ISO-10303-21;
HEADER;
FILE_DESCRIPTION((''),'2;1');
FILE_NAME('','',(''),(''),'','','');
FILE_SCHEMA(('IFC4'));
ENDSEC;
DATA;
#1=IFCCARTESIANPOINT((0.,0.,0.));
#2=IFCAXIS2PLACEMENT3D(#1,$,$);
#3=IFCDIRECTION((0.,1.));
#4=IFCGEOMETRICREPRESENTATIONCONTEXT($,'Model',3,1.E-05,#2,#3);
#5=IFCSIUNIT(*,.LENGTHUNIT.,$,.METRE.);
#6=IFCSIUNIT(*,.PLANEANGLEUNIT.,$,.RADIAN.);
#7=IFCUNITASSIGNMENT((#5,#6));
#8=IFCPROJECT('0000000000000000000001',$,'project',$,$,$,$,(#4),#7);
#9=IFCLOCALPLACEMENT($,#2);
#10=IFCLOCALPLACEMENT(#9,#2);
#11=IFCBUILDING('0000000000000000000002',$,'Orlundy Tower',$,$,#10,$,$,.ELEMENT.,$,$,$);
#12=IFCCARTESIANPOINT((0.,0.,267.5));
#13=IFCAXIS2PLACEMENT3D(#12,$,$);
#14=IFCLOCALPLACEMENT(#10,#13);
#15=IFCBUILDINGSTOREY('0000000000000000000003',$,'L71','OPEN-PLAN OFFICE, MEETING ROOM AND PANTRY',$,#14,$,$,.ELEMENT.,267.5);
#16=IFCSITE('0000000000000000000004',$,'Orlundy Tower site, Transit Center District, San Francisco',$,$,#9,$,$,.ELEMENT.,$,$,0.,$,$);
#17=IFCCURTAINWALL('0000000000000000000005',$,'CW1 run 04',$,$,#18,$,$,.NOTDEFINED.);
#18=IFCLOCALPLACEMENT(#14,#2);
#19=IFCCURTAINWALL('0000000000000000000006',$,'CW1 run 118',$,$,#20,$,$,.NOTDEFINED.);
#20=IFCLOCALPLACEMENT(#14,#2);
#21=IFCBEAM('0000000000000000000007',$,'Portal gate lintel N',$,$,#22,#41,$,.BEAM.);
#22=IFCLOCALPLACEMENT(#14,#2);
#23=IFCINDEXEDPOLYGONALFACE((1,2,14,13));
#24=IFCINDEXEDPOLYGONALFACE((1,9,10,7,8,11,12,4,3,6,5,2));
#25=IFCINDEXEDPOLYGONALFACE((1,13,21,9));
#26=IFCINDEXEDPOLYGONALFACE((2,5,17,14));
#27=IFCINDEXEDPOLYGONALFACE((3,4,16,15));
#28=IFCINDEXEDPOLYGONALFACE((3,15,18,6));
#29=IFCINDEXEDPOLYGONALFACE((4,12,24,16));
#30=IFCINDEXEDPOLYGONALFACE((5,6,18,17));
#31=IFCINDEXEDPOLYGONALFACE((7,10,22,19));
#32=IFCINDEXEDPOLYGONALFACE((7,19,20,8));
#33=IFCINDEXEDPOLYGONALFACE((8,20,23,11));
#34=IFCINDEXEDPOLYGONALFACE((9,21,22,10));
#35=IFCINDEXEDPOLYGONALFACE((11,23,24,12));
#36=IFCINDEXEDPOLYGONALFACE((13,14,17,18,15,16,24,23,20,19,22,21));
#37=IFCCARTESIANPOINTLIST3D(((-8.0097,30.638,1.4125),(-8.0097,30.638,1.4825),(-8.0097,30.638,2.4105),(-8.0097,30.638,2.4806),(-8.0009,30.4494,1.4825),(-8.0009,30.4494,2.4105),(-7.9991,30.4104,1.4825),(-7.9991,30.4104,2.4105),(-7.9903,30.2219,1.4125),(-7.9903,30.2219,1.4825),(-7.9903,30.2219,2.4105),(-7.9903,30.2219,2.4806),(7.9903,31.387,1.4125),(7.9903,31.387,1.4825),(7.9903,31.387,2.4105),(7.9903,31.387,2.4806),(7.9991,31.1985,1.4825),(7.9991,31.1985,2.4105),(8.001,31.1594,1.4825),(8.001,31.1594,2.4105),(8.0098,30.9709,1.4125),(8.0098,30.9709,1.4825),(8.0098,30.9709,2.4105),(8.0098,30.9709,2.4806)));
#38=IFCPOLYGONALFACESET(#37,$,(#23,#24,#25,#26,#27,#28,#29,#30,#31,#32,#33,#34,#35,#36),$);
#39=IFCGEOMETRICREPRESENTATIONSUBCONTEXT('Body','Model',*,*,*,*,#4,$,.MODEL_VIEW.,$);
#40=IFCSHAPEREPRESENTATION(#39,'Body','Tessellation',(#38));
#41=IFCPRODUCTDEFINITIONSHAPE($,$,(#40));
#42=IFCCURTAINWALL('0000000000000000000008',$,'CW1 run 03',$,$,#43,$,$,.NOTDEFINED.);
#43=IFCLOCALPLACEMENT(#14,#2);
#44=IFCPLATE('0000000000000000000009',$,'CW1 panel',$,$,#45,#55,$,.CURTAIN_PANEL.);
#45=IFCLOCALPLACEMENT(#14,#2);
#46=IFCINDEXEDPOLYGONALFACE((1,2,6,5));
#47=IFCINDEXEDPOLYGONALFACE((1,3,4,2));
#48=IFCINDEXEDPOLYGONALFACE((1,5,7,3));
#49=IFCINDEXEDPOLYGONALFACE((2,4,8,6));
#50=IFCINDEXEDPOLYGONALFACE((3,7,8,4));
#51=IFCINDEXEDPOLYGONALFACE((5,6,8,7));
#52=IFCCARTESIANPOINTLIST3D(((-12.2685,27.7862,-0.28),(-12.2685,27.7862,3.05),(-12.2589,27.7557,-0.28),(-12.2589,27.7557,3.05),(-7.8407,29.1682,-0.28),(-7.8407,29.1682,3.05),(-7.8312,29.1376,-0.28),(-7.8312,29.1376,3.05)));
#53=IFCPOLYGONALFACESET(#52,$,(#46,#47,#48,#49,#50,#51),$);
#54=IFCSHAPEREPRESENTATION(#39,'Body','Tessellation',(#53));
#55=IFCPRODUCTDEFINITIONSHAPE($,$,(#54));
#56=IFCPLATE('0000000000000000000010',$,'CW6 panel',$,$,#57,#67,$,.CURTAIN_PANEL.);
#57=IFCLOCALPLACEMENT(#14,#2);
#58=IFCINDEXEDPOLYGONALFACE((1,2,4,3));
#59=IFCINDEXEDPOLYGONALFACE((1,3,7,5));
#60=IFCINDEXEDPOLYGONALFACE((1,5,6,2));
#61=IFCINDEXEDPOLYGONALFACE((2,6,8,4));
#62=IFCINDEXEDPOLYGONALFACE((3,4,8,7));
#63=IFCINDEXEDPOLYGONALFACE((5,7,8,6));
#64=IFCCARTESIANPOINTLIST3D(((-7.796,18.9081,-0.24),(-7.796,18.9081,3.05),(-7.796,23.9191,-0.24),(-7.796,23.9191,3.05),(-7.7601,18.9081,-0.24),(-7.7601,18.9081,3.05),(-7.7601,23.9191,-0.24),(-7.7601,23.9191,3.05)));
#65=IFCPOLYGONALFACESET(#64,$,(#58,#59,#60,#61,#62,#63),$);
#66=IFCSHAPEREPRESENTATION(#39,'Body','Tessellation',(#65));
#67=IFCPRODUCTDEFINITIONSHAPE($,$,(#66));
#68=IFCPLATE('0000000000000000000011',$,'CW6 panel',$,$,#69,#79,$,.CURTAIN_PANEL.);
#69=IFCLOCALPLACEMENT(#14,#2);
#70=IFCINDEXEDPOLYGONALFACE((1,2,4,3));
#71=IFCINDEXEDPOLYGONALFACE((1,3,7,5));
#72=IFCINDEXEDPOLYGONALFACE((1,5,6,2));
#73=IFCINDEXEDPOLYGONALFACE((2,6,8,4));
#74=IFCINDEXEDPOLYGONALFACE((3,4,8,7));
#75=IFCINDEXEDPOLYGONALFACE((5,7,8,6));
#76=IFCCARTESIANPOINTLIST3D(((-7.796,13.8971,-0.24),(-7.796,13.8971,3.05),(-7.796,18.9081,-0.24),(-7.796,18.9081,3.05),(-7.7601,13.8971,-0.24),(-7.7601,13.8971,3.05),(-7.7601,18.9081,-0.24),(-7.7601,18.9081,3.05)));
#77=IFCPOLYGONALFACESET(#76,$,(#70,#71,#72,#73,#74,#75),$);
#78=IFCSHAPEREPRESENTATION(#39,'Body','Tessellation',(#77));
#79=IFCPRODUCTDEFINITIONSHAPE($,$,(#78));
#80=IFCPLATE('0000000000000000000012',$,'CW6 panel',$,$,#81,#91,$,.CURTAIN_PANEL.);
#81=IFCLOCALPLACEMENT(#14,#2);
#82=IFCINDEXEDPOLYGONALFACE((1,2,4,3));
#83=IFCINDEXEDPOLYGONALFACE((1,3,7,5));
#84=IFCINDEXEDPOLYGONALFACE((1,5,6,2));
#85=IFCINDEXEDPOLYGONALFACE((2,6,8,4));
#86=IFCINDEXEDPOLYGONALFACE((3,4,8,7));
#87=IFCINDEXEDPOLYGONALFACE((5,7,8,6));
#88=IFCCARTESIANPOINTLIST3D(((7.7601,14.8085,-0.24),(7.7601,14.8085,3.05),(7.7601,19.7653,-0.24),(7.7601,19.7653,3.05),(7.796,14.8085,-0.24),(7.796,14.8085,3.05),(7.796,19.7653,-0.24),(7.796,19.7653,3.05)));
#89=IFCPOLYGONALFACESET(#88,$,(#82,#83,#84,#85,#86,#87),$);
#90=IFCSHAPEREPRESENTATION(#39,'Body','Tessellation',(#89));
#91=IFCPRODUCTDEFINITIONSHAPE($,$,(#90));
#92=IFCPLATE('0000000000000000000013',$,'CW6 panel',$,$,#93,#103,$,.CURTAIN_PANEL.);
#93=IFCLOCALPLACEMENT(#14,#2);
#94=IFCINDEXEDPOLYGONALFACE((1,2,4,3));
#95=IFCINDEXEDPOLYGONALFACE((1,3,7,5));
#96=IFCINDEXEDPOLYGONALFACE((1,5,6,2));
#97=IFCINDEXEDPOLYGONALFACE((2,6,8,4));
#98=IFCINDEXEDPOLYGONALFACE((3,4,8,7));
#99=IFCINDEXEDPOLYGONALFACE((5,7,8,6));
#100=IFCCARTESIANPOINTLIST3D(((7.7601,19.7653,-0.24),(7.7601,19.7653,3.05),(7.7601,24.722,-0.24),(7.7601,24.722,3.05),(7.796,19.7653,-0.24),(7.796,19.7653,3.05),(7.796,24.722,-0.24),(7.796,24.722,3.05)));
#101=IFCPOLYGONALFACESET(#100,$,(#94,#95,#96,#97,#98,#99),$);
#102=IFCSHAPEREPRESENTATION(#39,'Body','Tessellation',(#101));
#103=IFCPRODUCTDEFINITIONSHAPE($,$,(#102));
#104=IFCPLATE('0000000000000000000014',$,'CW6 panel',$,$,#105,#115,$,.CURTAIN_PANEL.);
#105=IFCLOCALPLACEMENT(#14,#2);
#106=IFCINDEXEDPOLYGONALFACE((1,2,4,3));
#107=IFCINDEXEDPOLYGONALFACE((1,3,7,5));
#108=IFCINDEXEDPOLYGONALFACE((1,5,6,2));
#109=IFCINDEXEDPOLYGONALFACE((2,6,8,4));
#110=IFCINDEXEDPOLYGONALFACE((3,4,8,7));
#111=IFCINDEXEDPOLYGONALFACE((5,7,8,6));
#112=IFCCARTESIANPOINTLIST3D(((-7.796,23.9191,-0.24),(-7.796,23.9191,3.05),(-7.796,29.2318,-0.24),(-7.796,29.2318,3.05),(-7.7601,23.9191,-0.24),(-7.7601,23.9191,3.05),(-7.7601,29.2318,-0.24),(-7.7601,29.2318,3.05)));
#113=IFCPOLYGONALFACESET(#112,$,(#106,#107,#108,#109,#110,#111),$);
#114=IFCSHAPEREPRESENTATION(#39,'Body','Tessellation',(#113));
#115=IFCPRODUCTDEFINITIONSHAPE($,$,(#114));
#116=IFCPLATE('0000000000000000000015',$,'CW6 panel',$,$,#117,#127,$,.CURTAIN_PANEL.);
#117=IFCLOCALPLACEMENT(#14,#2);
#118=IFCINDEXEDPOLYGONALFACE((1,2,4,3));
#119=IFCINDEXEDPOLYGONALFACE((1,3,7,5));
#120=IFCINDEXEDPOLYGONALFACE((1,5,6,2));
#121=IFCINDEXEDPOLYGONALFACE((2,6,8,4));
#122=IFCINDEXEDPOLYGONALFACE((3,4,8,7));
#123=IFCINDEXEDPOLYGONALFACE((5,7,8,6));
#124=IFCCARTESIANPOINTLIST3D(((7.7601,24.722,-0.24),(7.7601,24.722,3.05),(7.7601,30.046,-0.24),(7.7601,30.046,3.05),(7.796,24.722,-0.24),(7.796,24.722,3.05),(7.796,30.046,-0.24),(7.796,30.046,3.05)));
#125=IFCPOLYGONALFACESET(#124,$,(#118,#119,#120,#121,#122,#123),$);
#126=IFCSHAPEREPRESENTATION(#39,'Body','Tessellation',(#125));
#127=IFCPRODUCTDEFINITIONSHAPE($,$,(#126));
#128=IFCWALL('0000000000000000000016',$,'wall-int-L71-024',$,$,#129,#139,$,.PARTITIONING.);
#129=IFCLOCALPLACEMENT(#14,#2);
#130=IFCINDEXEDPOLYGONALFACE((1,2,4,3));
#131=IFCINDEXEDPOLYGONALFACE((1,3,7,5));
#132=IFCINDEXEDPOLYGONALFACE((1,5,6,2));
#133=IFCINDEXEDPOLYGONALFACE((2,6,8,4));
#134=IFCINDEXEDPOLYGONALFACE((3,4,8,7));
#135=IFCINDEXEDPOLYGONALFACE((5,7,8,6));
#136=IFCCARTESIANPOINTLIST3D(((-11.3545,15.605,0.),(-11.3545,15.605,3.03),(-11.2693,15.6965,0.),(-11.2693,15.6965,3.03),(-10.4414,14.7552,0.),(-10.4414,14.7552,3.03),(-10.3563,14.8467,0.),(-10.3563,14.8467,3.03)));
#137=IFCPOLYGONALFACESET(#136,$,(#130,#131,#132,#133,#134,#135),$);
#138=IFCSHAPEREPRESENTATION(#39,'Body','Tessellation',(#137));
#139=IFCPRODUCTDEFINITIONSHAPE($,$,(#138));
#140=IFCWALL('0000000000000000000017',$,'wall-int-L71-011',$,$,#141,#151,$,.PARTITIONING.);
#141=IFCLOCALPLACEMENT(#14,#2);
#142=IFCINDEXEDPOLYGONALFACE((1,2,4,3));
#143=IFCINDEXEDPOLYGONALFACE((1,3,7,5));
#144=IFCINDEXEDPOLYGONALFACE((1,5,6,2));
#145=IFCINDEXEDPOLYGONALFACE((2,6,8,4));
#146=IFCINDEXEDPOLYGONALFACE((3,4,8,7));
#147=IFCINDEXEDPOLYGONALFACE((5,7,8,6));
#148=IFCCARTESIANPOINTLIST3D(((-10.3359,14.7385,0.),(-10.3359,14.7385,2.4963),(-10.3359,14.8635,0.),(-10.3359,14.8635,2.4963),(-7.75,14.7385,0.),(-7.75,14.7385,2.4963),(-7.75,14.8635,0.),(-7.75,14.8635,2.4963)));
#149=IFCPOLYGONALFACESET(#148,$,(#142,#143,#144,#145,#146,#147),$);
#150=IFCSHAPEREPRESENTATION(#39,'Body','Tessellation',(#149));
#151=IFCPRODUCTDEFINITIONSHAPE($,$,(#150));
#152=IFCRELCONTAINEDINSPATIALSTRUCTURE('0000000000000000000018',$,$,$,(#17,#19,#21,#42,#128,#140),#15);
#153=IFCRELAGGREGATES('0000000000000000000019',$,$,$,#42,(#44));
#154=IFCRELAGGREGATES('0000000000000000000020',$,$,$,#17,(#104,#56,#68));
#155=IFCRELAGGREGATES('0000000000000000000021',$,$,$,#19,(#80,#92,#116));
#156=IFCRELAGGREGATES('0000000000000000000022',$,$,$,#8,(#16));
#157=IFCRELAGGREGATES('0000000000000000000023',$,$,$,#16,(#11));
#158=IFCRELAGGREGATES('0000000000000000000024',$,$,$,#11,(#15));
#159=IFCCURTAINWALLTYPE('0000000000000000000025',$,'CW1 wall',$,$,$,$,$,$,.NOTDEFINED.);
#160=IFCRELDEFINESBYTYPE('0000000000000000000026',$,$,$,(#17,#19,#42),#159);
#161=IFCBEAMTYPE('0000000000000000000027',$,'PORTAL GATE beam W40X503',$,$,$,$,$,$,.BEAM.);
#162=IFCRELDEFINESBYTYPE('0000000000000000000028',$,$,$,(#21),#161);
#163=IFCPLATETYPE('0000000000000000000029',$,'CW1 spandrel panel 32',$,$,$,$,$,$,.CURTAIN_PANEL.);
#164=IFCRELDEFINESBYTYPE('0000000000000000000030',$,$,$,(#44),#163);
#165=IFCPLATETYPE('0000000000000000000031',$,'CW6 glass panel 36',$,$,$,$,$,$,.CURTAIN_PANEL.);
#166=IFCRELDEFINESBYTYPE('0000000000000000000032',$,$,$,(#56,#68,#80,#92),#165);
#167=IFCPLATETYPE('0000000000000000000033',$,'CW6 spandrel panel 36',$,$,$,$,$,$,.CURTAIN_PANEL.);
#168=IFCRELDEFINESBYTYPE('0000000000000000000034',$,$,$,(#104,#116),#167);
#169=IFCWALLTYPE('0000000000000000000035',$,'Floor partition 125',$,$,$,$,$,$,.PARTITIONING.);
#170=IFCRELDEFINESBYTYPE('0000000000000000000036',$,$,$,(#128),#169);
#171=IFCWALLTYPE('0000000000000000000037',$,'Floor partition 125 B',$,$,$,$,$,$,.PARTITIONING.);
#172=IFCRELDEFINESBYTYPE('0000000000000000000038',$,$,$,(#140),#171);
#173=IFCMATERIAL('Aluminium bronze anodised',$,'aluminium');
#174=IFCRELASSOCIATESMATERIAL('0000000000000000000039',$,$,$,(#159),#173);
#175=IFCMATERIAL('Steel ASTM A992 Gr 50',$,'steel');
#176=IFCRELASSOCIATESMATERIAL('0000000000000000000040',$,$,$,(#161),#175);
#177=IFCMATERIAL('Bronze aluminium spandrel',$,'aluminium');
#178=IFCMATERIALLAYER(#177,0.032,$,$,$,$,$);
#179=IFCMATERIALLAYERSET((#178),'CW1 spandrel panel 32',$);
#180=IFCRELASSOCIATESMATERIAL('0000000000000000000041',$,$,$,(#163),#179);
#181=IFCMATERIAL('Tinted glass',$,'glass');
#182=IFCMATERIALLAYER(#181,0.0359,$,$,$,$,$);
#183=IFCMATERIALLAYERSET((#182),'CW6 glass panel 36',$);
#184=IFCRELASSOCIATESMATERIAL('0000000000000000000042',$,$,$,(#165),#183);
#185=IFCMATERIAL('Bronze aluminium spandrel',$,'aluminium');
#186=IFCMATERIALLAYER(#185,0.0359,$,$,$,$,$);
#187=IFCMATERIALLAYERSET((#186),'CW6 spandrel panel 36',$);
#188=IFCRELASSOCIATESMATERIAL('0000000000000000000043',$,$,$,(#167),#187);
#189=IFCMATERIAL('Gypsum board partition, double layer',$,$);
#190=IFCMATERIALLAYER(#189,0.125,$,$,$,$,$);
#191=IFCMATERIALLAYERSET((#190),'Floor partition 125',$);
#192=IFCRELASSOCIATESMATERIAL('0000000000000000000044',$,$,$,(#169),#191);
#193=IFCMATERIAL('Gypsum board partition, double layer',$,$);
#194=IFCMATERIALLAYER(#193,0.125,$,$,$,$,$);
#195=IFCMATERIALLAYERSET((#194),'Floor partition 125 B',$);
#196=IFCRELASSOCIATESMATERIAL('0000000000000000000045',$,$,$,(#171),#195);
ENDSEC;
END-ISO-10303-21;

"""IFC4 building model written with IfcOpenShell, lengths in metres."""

from ifc_helpers import new_model, si_unit, direction, frame, frame_2d, origin, origin_2d, place, context, subcontext, project, spatial, rectangle, i_section, extrude, material, layer, layer_set, material_profile, profile_set, type_object, element, aggregate, save


model = new_model("IFC4")

# Units and contexts
model_context = context("Model", 3, precision=1e-05, world=origin(), true_north=direction((0.0, 1.0)))
body_context = subcontext(model_context, "Body", "Model", "MODEL_VIEW")
ifc_project = project(units=[si_unit("LENGTHUNIT", "METRE"), si_unit("PLANEANGLEUNIT", "RADIAN")], contexts=[model_context])

# Site, building, storey
site_placement = place(None, origin())
site = spatial("IfcSite", under=ifc_project, at=site_placement, Name="Orlundy Tower site, Transit Center District, San Francisco", CompositionType="ELEMENT", RefElevation=0.0)
building_placement = place(site_placement, origin())
building = spatial("IfcBuilding", under=site, at=building_placement, Name="Orlundy Tower", CompositionType="ELEMENT")
storey_placement = place(building_placement, frame((0.0, 0.0, 267.5)))
storey = spatial("IfcBuildingStorey", under=building, at=storey_placement, Name="L71", Description="OPEN-PLAN OFFICE, MEETING ROOM AND PANTRY", CompositionType="ELEMENT", Elevation=267.5)

# Curtain wall
ifc_material_1 = material(Name="Aluminium bronze anodised", Category="aluminium")
curtain_wall_type = type_object("IfcCurtainWallType", Name="CW1 wall", PredefinedType="NOTDEFINED", material=ifc_material_1)
curtain_wall_1_placement = place(storey_placement, origin())
curtain_wall_1 = element("IfcCurtainWall", 1, at=curtain_wall_1_placement, inside=storey, type_object=curtain_wall_type, Name="CW1 run 04", PredefinedType="NOTDEFINED")

# Curtain wall
curtain_wall_2_placement = place(storey_placement, origin())
curtain_wall_2 = element("IfcCurtainWall", 2, at=curtain_wall_2_placement, inside=storey, type_object=curtain_wall_type, Name="CW1 run 118", PredefinedType="NOTDEFINED")

# Beam
ifc_material_2 = material(Name="Steel ASTM A992 Gr 50", Category="steel")
ifc_material_profile_1 = material_profile(ifc_material_2, i_section(OverallWidth=0.4165, OverallDepth=1.0681, WebThickness=0.0391, FlangeThickness=0.0701, at=origin_2d()), Name="W40X503")
ifc_profile_set_1 = profile_set([ifc_material_profile_1], Name="Steel ASTM A992 Gr 50")
beam_type = type_object("IfcBeamType", Name="PORTAL GATE beam W40X503", PredefinedType="BEAM", material=ifc_profile_set_1)
beam_placement = place(storey_placement, frame((-8.0, 30.4299, 1.9465), z_axis=(0.998906, 0.046763, 0.0), x_axis=(-0.046763, 0.998906, 0.0)))
element("IfcBeam", 3, at=beam_placement, inside=storey, type_object=beam_type, Name="Portal gate lintel N", PredefinedType="BEAM", context=body_context, shape_type="SweptSolid", body=[
    extrude(i_section(OverallWidth=0.4165, OverallDepth=1.0681, WebThickness=0.0391, FlangeThickness=0.0701, at=origin_2d()), origin(), (0.0, 0.0, 1.0), 16.0176),
])

# Curtain wall, plate
curtain_wall_3_placement = place(storey_placement, origin())
curtain_wall_3 = element("IfcCurtainWall", 4, at=curtain_wall_3_placement, inside=storey, type_object=curtain_wall_type, Name="CW1 run 03", PredefinedType="NOTDEFINED")
ifc_material_3 = material(Name="Bronze aluminium spandrel", Category="aluminium")
ifc_layer_1 = layer(ifc_material_3, 0.032)
ifc_layer_set_1 = layer_set([ifc_layer_1], Name="CW1 spandrel panel 32")
plate_type_1 = type_object("IfcPlateType", Name="CW1 spandrel panel 32", PredefinedType="CURTAIN_PANEL", material=ifc_layer_set_1)
plate_1_placement = place(storey_placement, frame((-10.0498, 28.4619, -0.28), z_axis=(0.0, 0.0, 1.0), x_axis=(0.954586, 0.297935, 0.0)))
plate_1 = element("IfcPlate", 5, at=plate_1_placement, type_object=plate_type_1, Name="CW1 panel", PredefinedType="CURTAIN_PANEL", context=body_context, shape_type="SweptSolid", body=[
    extrude(rectangle(XDim=4.6384, YDim=0.032, at=origin_2d()), origin(), (0.0, 0.0, 1.0), 3.3301),
])
aggregate(curtain_wall_3, [plate_1])

# Plates
ifc_material_4 = material(Name="Tinted glass", Category="glass")
ifc_layer_2 = layer(ifc_material_4, 0.0359)
ifc_layer_set_2 = layer_set([ifc_layer_2], Name="CW6 glass panel 36")
plate_type_2 = type_object("IfcPlateType", Name="CW6 glass panel 36", PredefinedType="CURTAIN_PANEL", material=ifc_layer_set_2)
plate_2_placement = place(storey_placement, frame((-7.7781, 21.4136, -0.24), z_axis=(0.0, 0.0, 1.0), x_axis=(0.0, -1.0, 0.0)))
plate_2 = element("IfcPlate", 6, at=plate_2_placement, type_object=plate_type_2, Name="CW6 panel", PredefinedType="CURTAIN_PANEL", context=body_context, shape_type="SweptSolid", body=[
    extrude(rectangle(XDim=5.011, YDim=0.0359, at=origin_2d()), origin(), (0.0, 0.0, 1.0), 3.29),
])
plate_3_placement = place(storey_placement, frame((-7.7781, 16.4026, -0.24), z_axis=(0.0, 0.0, 1.0), x_axis=(0.0, -1.0, 0.0)))
plate_3 = element("IfcPlate", 7, at=plate_3_placement, type_object=plate_type_2, Name="CW6 panel", PredefinedType="CURTAIN_PANEL", context=body_context, shape_type="SweptSolid", body=[
    extrude(rectangle(XDim=5.011, YDim=0.0359, at=origin_2d()), origin(), (0.0, 0.0, 1.0), 3.29),
])
plate_4_placement = place(storey_placement, frame((7.7781, 17.2869, -0.24), z_axis=(0.0, 0.0, 1.0), x_axis=(0.0, 1.0, 0.0)))
plate_4 = element("IfcPlate", 8, at=plate_4_placement, type_object=plate_type_2, Name="CW6 panel", PredefinedType="CURTAIN_PANEL", context=body_context, shape_type="SweptSolid", body=[
    extrude(rectangle(XDim=4.9568, YDim=0.0359, at=origin_2d()), origin(), (0.0, 0.0, 1.0), 3.29),
])
plate_5_placement = place(storey_placement, frame((7.7781, 22.2437, -0.24), z_axis=(0.0, 0.0, 1.0), x_axis=(0.0, 1.0, 0.0)))
plate_5 = element("IfcPlate", 9, at=plate_5_placement, type_object=plate_type_2, Name="CW6 panel", PredefinedType="CURTAIN_PANEL", context=body_context, shape_type="SweptSolid", body=[
    extrude(rectangle(XDim=4.9568, YDim=0.0359, at=origin_2d()), origin(), (0.0, 0.0, 1.0), 3.29),
])
ifc_material_5 = material(Name="Bronze aluminium spandrel", Category="aluminium")
ifc_layer_3 = layer(ifc_material_5, 0.0359)
ifc_layer_set_3 = layer_set([ifc_layer_3], Name="CW6 spandrel panel 36")
plate_type_3 = type_object("IfcPlateType", Name="CW6 spandrel panel 36", PredefinedType="CURTAIN_PANEL", material=ifc_layer_set_3)
plate_6_placement = place(storey_placement, frame((-7.7781, 26.5754, -0.24), z_axis=(0.0, 0.0, 1.0), x_axis=(0.0, -1.0, 0.0)))
plate_6 = element("IfcPlate", 10, at=plate_6_placement, type_object=plate_type_3, Name="CW6 panel", PredefinedType="CURTAIN_PANEL", context=body_context, shape_type="SweptSolid", body=[
    extrude(rectangle(XDim=5.3127, YDim=0.0359, at=origin_2d()), origin(), (0.0, 0.0, 1.0), 3.29),
])
aggregate(curtain_wall_1, [plate_6, plate_2, plate_3])
plate_7_placement = place(storey_placement, frame((7.7781, 27.384, -0.24), z_axis=(0.0, 0.0, 1.0), x_axis=(0.0, 1.0, 0.0)))
plate_7 = element("IfcPlate", 11, at=plate_7_placement, type_object=plate_type_3, Name="CW6 panel", PredefinedType="CURTAIN_PANEL", context=body_context, shape_type="SweptSolid", body=[
    extrude(rectangle(XDim=5.324, YDim=0.0359, at=origin_2d()), origin(), (0.0, 0.0, 1.0), 3.29),
])
aggregate(curtain_wall_2, [plate_4, plate_5, plate_7])

# Walls
ifc_material_6 = material(Name="Gypsum board partition, double layer")
ifc_layer_4 = layer(ifc_material_6, 0.125)
ifc_layer_set_4 = layer_set([ifc_layer_4], Name="Floor partition 125")
wall_type_1 = type_object("IfcWallType", Name="Floor partition 125", PredefinedType="PARTITIONING", material=ifc_layer_set_4)
wall_1_placement = place(storey_placement, frame((-10.3989, 14.801, 0.0), z_axis=(0.0, 0.0, 1.0), x_axis=(-0.731998, 0.681306, 0.0)))
element("IfcWall", 12, at=wall_1_placement, inside=storey, type_object=wall_type_1, Name="wall-int-L71-024", PredefinedType="PARTITIONING", context=body_context, shape_type="SweptSolid", body=[
    extrude(rectangle(XDim=1.2473, YDim=0.125, at=frame_2d((0.6235, 0.0))), origin(), (0.0, 0.0, 1.0), 3.03),
])
ifc_material_7 = material(Name="Gypsum board partition, double layer")
ifc_layer_5 = layer(ifc_material_7, 0.125)
ifc_layer_set_5 = layer_set([ifc_layer_5], Name="Floor partition 125 B")
wall_type_2 = type_object("IfcWallType", Name="Floor partition 125 B", PredefinedType="PARTITIONING", material=ifc_layer_set_5)
wall_2_placement = place(storey_placement, frame((-10.3359, 14.801, 0.0), z_axis=(0.0, 0.0, 1.0), x_axis=(1.0, 0.0, 0.0)))
element("IfcWall", 13, at=wall_2_placement, inside=storey, type_object=wall_type_2, Name="wall-int-L71-011", PredefinedType="PARTITIONING", context=body_context, shape_type="SweptSolid", body=[
    extrude(rectangle(XDim=2.5859, YDim=0.125, at=frame_2d((1.293, 0.0))), origin(), (0.0, 0.0, 1.0), 2.4963),
])

save(model, "model.ifc")
